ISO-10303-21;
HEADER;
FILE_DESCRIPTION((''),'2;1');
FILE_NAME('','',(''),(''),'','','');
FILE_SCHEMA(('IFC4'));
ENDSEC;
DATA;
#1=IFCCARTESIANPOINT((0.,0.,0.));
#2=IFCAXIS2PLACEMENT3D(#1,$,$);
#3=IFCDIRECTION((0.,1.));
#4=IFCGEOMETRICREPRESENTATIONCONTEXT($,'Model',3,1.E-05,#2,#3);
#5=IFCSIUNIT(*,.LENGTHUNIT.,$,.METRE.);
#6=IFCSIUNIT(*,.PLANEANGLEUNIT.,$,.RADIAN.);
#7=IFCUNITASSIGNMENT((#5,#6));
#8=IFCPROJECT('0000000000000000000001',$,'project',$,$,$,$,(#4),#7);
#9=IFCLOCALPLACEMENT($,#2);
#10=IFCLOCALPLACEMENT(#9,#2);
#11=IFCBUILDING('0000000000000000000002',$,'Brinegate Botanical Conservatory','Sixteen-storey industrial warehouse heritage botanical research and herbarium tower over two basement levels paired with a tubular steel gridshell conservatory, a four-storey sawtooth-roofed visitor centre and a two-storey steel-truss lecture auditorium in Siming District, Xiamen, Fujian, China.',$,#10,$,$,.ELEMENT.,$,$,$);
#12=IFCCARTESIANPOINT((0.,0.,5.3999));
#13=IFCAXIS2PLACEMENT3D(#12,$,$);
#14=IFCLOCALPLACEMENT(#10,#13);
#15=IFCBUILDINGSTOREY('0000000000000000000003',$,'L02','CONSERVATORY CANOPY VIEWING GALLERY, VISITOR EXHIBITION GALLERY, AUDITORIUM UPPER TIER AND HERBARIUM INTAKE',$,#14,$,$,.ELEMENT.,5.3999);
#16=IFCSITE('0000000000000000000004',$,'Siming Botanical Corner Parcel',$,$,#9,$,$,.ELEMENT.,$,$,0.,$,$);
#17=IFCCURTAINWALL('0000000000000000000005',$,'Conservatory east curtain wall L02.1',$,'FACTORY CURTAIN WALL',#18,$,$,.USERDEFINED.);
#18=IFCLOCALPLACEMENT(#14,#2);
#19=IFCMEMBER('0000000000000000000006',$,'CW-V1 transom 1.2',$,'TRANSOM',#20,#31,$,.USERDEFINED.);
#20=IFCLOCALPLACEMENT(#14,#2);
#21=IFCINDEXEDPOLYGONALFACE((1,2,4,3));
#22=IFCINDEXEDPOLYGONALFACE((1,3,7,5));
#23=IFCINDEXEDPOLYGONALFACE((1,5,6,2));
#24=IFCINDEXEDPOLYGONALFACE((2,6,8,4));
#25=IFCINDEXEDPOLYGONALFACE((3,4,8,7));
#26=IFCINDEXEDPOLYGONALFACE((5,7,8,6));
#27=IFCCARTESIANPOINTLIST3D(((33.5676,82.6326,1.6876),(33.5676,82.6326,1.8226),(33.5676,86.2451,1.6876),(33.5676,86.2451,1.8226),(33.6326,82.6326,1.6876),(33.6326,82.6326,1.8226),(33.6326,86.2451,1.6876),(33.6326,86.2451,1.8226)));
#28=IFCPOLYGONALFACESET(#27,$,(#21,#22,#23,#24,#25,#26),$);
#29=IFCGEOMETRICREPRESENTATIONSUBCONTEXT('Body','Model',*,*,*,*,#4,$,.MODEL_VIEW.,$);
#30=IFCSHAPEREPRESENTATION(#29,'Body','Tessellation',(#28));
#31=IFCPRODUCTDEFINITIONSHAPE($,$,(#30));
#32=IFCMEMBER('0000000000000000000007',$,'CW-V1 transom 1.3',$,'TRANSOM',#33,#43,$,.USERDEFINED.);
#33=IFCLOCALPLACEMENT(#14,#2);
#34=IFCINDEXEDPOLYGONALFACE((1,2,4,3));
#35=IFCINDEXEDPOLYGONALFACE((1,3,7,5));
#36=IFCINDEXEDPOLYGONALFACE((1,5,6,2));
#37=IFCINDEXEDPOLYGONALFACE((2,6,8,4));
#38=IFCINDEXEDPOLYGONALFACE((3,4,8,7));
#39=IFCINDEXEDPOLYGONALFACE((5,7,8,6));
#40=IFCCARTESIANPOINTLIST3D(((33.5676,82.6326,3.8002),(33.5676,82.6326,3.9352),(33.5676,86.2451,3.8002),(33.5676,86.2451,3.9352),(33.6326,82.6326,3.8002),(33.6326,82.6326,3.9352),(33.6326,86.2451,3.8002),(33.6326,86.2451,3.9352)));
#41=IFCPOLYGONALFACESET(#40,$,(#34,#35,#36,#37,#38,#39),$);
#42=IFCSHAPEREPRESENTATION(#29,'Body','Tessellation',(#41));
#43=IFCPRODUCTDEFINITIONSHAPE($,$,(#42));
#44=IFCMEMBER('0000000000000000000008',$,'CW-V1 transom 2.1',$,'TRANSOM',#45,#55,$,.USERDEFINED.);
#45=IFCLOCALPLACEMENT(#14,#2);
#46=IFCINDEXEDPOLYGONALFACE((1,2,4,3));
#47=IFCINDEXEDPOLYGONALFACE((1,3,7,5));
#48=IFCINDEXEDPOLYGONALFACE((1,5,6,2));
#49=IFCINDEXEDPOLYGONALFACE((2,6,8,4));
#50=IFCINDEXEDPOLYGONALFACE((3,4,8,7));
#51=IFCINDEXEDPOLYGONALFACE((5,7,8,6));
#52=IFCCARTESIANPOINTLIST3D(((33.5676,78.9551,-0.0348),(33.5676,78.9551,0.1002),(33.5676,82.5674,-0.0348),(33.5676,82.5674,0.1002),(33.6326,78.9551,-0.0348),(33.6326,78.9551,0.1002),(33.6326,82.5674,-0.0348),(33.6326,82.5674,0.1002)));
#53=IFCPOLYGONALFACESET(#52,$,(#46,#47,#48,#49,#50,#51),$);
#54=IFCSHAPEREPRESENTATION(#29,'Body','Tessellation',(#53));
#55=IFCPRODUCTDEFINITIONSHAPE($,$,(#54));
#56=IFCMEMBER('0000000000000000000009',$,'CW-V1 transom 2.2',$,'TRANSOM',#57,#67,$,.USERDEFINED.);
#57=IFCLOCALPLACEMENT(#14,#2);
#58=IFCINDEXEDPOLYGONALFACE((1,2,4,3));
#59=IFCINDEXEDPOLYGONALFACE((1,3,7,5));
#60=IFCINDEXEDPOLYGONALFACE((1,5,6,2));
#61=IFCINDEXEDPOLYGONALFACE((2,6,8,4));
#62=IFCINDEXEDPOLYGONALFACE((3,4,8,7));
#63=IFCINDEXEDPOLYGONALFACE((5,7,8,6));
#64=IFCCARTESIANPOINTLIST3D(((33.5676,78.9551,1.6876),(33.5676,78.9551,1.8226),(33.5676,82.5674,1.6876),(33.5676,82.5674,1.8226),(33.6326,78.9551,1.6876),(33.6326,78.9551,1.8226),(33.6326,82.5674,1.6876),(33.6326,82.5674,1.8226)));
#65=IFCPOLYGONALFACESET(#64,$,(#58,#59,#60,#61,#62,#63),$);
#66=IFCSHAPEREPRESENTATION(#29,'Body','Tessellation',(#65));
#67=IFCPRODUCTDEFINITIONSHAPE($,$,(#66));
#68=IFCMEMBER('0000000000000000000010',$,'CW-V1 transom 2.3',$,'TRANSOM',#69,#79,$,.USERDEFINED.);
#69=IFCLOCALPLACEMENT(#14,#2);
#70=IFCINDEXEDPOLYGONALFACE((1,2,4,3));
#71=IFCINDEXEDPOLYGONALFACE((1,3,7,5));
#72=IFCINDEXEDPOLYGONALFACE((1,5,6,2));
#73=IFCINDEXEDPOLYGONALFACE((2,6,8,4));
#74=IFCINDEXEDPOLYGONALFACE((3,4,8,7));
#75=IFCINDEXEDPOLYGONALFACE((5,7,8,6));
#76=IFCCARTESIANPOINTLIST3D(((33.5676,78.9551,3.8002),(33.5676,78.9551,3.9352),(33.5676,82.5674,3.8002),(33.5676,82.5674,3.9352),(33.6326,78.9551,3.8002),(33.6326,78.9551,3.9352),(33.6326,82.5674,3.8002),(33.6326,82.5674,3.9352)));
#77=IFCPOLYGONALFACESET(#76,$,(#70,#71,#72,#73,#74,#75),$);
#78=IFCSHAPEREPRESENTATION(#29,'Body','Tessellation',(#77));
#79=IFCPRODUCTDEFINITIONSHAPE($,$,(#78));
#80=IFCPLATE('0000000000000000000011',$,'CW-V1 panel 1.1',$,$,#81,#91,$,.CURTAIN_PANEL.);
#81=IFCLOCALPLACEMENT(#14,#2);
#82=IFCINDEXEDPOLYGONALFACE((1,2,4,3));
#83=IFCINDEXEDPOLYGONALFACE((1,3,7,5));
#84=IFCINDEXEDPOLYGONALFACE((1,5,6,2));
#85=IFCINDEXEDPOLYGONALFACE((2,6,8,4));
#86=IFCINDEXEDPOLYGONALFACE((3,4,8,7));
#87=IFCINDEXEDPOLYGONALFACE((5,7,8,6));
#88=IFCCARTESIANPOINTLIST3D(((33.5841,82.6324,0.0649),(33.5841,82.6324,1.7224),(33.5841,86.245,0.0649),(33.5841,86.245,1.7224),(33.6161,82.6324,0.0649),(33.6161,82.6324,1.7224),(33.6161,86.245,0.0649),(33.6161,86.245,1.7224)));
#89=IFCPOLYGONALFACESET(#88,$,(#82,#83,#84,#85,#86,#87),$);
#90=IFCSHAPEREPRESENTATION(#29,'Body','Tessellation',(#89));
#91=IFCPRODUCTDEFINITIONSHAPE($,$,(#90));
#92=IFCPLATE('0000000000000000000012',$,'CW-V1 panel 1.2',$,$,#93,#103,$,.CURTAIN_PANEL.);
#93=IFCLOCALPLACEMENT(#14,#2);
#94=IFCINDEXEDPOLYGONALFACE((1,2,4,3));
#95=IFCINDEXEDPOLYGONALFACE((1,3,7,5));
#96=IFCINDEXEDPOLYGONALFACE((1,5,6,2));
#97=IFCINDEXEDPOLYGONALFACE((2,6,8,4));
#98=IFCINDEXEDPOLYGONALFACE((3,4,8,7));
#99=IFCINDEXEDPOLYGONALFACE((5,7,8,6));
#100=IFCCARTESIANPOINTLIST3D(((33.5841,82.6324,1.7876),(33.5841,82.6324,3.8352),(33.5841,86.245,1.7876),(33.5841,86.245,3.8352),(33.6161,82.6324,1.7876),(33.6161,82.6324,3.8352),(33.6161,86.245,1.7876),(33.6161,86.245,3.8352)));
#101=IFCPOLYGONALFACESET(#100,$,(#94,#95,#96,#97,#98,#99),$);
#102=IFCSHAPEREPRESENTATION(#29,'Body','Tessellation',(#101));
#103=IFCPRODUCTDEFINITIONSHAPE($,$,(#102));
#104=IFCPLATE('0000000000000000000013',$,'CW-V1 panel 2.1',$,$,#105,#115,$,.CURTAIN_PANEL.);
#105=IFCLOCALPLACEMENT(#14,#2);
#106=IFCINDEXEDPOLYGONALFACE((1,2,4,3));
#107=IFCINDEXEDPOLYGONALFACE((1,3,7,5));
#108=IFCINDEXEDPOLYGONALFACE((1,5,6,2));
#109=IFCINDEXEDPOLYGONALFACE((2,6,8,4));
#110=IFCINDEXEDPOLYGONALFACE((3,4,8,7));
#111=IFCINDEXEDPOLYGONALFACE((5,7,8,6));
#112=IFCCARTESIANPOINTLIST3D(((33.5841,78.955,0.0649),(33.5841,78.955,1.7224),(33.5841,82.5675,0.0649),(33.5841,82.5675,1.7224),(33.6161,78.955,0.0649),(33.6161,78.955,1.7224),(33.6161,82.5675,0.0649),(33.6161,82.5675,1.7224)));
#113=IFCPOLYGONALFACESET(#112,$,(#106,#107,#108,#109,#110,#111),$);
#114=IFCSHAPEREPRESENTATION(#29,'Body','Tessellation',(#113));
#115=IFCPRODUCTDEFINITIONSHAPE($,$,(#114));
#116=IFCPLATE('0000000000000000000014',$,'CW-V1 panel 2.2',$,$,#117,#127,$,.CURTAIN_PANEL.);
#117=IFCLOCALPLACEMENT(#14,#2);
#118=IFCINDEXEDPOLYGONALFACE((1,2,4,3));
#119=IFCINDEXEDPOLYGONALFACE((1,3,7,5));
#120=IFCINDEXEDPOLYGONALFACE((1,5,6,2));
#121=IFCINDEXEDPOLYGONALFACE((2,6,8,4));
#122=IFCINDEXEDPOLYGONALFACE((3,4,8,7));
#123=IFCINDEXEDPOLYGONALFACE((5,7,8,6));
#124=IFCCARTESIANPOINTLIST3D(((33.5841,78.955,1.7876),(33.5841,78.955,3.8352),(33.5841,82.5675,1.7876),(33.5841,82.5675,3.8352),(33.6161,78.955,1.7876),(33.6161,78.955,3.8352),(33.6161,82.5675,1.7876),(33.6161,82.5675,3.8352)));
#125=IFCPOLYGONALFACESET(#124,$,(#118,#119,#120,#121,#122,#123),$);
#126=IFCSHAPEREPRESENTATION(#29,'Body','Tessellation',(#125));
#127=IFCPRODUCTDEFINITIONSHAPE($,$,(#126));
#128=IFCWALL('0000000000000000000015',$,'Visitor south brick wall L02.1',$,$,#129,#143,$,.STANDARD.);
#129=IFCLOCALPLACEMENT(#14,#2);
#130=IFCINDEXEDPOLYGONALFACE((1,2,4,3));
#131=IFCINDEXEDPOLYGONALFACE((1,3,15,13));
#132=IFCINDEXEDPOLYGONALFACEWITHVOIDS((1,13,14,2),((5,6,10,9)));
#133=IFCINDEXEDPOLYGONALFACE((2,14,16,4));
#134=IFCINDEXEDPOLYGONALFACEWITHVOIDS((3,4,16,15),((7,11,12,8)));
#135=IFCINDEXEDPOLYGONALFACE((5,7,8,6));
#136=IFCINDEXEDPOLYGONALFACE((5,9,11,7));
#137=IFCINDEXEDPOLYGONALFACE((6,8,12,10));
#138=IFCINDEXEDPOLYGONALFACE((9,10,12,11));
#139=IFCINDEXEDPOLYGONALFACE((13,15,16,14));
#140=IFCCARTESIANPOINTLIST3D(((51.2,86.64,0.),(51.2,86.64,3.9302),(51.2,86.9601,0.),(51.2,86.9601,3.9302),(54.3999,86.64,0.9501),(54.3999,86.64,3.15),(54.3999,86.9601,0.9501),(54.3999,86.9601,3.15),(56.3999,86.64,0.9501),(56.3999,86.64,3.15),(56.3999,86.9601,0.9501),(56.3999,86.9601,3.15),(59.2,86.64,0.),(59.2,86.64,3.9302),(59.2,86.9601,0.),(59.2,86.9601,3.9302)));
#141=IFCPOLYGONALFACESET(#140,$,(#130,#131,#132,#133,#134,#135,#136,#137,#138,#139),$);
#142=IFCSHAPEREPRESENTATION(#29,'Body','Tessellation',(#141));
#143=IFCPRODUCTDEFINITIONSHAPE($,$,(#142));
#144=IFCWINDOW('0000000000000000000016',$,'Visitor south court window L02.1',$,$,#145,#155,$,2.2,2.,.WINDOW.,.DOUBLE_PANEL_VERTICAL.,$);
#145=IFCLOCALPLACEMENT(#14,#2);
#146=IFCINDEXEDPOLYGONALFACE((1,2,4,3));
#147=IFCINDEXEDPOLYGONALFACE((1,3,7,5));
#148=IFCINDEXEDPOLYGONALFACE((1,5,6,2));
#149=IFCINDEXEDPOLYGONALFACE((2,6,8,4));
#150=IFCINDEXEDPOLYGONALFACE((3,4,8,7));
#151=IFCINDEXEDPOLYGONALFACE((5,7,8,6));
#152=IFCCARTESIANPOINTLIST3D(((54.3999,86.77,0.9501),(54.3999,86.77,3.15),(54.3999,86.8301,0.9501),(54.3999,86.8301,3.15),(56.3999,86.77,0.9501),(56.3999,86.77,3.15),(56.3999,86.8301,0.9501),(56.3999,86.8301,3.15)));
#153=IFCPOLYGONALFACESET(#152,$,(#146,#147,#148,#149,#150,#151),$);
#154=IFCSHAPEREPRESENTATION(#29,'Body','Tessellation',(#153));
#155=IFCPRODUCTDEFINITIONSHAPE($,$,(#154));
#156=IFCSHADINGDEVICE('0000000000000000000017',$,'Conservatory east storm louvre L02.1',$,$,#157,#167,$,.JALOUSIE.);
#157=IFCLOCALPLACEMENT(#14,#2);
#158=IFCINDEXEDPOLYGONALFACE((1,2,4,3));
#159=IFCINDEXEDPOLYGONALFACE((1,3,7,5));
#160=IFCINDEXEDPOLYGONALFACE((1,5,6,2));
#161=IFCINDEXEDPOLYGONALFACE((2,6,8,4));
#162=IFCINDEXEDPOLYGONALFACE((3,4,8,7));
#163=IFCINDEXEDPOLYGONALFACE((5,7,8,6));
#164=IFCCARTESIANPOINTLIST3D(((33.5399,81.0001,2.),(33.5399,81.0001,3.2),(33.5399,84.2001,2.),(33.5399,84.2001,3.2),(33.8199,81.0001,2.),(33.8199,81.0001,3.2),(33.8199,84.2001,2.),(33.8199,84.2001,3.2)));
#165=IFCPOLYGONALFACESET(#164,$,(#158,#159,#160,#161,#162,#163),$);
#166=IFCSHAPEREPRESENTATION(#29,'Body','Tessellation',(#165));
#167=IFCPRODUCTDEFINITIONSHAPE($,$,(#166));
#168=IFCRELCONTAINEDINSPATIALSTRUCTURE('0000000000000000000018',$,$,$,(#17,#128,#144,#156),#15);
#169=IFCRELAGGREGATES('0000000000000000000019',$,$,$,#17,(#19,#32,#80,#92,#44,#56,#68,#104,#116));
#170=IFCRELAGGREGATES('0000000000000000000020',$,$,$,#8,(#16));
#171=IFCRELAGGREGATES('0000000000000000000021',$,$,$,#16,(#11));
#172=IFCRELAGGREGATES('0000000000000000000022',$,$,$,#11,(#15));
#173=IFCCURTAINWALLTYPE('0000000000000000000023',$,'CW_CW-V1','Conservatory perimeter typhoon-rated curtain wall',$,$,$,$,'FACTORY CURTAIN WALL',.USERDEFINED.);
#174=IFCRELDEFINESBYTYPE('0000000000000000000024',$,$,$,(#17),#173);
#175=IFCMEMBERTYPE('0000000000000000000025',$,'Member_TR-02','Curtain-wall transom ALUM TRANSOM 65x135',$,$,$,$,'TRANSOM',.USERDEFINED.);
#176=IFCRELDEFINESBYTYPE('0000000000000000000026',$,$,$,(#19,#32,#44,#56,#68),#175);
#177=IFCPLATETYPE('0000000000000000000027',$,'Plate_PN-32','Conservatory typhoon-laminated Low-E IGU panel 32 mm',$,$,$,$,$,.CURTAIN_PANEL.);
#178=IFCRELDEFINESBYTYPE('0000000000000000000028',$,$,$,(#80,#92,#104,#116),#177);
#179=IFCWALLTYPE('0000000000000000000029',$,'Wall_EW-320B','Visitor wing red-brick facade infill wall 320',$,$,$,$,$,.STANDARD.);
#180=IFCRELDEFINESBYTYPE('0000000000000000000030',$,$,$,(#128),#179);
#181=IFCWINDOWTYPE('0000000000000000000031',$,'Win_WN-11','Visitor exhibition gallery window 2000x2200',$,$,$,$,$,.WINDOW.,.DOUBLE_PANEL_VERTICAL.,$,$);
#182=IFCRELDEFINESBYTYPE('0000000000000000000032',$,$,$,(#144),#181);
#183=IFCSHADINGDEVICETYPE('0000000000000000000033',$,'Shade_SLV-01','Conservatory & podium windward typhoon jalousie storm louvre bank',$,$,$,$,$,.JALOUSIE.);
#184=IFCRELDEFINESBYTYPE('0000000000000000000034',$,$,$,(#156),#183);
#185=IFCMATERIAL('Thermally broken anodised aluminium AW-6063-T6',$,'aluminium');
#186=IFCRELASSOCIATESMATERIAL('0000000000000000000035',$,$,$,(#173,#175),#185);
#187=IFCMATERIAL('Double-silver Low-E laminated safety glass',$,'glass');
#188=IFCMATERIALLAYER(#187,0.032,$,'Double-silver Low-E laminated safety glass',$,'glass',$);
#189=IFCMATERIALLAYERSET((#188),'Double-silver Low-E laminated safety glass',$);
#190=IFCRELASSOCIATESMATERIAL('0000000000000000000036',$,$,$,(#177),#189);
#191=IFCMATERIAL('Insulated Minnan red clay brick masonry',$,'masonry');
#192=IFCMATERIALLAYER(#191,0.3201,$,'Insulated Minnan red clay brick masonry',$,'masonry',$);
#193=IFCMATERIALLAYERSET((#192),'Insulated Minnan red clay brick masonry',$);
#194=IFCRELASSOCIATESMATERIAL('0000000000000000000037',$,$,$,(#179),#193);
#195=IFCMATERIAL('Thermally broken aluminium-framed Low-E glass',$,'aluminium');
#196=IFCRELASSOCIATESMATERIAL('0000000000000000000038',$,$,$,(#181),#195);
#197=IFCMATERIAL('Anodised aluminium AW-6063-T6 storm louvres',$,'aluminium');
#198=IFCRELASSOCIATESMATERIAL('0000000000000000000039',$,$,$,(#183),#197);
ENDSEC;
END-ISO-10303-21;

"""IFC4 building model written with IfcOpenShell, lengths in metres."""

from ifc_helpers import new_model, si_unit, direction, frame, frame_2d, origin, origin_2d, place, context, subcontext, project, spatial, rectangle, extrude, material, layer, layer_set, material_profile, profile_set, type_object, element, fill, aggregate, save


model = new_model("IFC4")

# Units and contexts
model_context = context("Model", 3, precision=1e-05, world=origin(), true_north=direction((0.0, 1.0)))
body_context = subcontext(model_context, "Body", "Model", "MODEL_VIEW")
ifc_project = project(units=[si_unit("LENGTHUNIT", "METRE"), si_unit("PLANEANGLEUNIT", "RADIAN")], contexts=[model_context])

# Site, building, storey
site_placement = place(None, origin())
site = spatial("IfcSite", under=ifc_project, at=site_placement, Name="Siming Botanical Corner Parcel", CompositionType="ELEMENT", RefElevation=0.0)
building_placement = place(site_placement, origin())
building = spatial("IfcBuilding", under=site, at=building_placement, Name="Brinegate Botanical Conservatory", Description="Sixteen-storey industrial warehouse heritage botanical research and herbarium tower over two basement levels paired with a tubular steel gridshell conservatory, a four-storey sawtooth-roofed visitor centre and a two-storey steel-truss lecture auditorium in Siming District, Xiamen, Fujian, China.", CompositionType="ELEMENT")
storey_placement = place(building_placement, frame((0.0, 0.0, 5.3999)))
storey = spatial("IfcBuildingStorey", under=building, at=storey_placement, Name="L02", Description="CONSERVATORY CANOPY VIEWING GALLERY, VISITOR EXHIBITION GALLERY, AUDITORIUM UPPER TIER AND HERBARIUM INTAKE", CompositionType="ELEMENT", Elevation=5.3999)

# Shared definitions
ifc_material_1 = material(Name="Thermally broken anodised aluminium AW-6063-T6", Category="aluminium")
curtain_wall_type = type_object("IfcCurtainWallType", Name="CW_CW-V1", Description="Conservatory perimeter typhoon-rated curtain wall", ElementType="FACTORY CURTAIN WALL", PredefinedType="USERDEFINED", material=ifc_material_1)

# Curtain wall
curtain_wall_1_placement = place(storey_placement, origin())
curtain_wall_1 = element("IfcCurtainWall", 1, at=curtain_wall_1_placement, inside=storey, type_object=curtain_wall_type, Name="Conservatory east curtain wall L02.1", ObjectType="FACTORY CURTAIN WALL", PredefinedType="USERDEFINED")

# Members
ifc_material_profile_1 = material_profile(ifc_material_1, rectangle(XDim=0.0649, YDim=0.135, at=origin_2d()), Name="ALUM TRANSOM 65x135")
ifc_profile_set_1 = profile_set([ifc_material_profile_1], Name="Thermally broken anodised aluminium AW-6063-T6")
member_type_1 = type_object("IfcMemberType", Name="Member_TR-02", Description="Curtain-wall transom ALUM TRANSOM 65x135", ElementType="TRANSOM", PredefinedType="USERDEFINED", material=ifc_profile_set_1)
member_1_placement = place(storey_placement, frame((33.6001, 86.2451, 1.7551), z_axis=(0.0, -1.0, 0.0), x_axis=(1.0, 0.0, 0.0)))
member_1 = element("IfcMember", 2, at=member_1_placement, type_object=member_type_1, Name="CW-V1 transom 1.2", ObjectType="TRANSOM", PredefinedType="USERDEFINED", context=body_context, shape_type="SweptSolid", body=[
    extrude(rectangle(XDim=0.0649, YDim=0.135, at=origin_2d()), origin(), (0.0, 0.0, 1.0), 3.6125),
])
member_2_placement = place(storey_placement, frame((33.6001, 86.2451, 3.8677), z_axis=(0.0, -1.0, 0.0), x_axis=(1.0, 0.0, 0.0)))
member_2 = element("IfcMember", 3, at=member_2_placement, type_object=member_type_1, Name="CW-V1 transom 1.3", ObjectType="TRANSOM", PredefinedType="USERDEFINED", context=body_context, shape_type="SweptSolid", body=[
    extrude(rectangle(XDim=0.0649, YDim=0.135, at=origin_2d()), origin(), (0.0, 0.0, 1.0), 3.6125),
])
member_3_placement = place(storey_placement, frame((33.6001, 82.5674, 0.0327), z_axis=(0.0, -1.0, 0.0), x_axis=(1.0, 0.0, 0.0)))
member_3 = element("IfcMember", 4, at=member_3_placement, type_object=member_type_1, Name="CW-V1 transom 2.1", ObjectType="TRANSOM", PredefinedType="USERDEFINED", context=body_context, shape_type="SweptSolid", body=[
    extrude(rectangle(XDim=0.0649, YDim=0.135, at=origin_2d()), origin(), (0.0, 0.0, 1.0), 3.6123),
])
member_4_placement = place(storey_placement, frame((33.6001, 82.5674, 1.7551), z_axis=(0.0, -1.0, 0.0), x_axis=(1.0, 0.0, 0.0)))
member_4 = element("IfcMember", 5, at=member_4_placement, type_object=member_type_1, Name="CW-V1 transom 2.2", ObjectType="TRANSOM", PredefinedType="USERDEFINED", context=body_context, shape_type="SweptSolid", body=[
    extrude(rectangle(XDim=0.0649, YDim=0.135, at=origin_2d()), origin(), (0.0, 0.0, 1.0), 3.6123),
])
member_5_placement = place(storey_placement, frame((33.6001, 82.5674, 3.8677), z_axis=(0.0, -1.0, 0.0), x_axis=(1.0, 0.0, 0.0)))
member_5 = element("IfcMember", 6, at=member_5_placement, type_object=member_type_1, Name="CW-V1 transom 2.3", ObjectType="TRANSOM", PredefinedType="USERDEFINED", context=body_context, shape_type="SweptSolid", body=[
    extrude(rectangle(XDim=0.0649, YDim=0.135, at=origin_2d()), origin(), (0.0, 0.0, 1.0), 3.6123),
])

# Plates
ifc_material_2 = material(Name="Double-silver Low-E laminated safety glass", Category="glass")
ifc_layer_1 = layer(ifc_material_2, 0.032, Name="Double-silver Low-E laminated safety glass", Category="glass")
ifc_layer_set_1 = layer_set([ifc_layer_1], Name="Double-silver Low-E laminated safety glass")
plate_type = type_object("IfcPlateType", Name="Plate_PN-32", Description="Conservatory typhoon-laminated Low-E IGU panel 32 mm", PredefinedType="CURTAIN_PANEL", material=ifc_layer_set_1)
plate_1_placement = place(storey_placement, frame((33.6001, 84.4387, 0.0649), z_axis=(0.0, 0.0, 1.0), x_axis=(0.0, -1.0, 0.0)))
plate_1 = element("IfcPlate", 7, at=plate_1_placement, type_object=plate_type, Name="CW-V1 panel 1.1", PredefinedType="CURTAIN_PANEL", context=body_context, shape_type="SweptSolid", body=[
    extrude(rectangle(XDim=3.6125, YDim=0.032, at=origin_2d()), origin(), (0.0, 0.0, 1.0), 1.6575),
])
plate_2_placement = place(storey_placement, frame((33.6001, 84.4387, 1.7876), z_axis=(0.0, 0.0, 1.0), x_axis=(0.0, -1.0, 0.0)))
plate_2 = element("IfcPlate", 8, at=plate_2_placement, type_object=plate_type, Name="CW-V1 panel 1.2", PredefinedType="CURTAIN_PANEL", context=body_context, shape_type="SweptSolid", body=[
    extrude(rectangle(XDim=3.6125, YDim=0.032, at=origin_2d()), origin(), (0.0, 0.0, 1.0), 2.0476),
])
plate_3_placement = place(storey_placement, frame((33.6001, 80.7612, 0.0649), z_axis=(0.0, 0.0, 1.0), x_axis=(0.0, -1.0, 0.0)))
plate_3 = element("IfcPlate", 9, at=plate_3_placement, type_object=plate_type, Name="CW-V1 panel 2.1", PredefinedType="CURTAIN_PANEL", context=body_context, shape_type="SweptSolid", body=[
    extrude(rectangle(XDim=3.6125, YDim=0.032, at=origin_2d()), origin(), (0.0, 0.0, 1.0), 1.6575),
])
plate_4_placement = place(storey_placement, frame((33.6001, 80.7612, 1.7876), z_axis=(0.0, 0.0, 1.0), x_axis=(0.0, -1.0, 0.0)))
plate_4 = element("IfcPlate", 10, at=plate_4_placement, type_object=plate_type, Name="CW-V1 panel 2.2", PredefinedType="CURTAIN_PANEL", context=body_context, shape_type="SweptSolid", body=[
    extrude(rectangle(XDim=3.6125, YDim=0.032, at=origin_2d()), origin(), (0.0, 0.0, 1.0), 2.0476),
])
aggregate(curtain_wall_1, [member_1, member_2, plate_1, plate_2, member_3, member_4, member_5, plate_3, plate_4])

# Wall, opening, window
ifc_material_3 = material(Name="Insulated Minnan red clay brick masonry", Category="masonry")
ifc_layer_2 = layer(ifc_material_3, 0.3201, Name="Insulated Minnan red clay brick masonry", Category="masonry")
ifc_layer_set_2 = layer_set([ifc_layer_2], Name="Insulated Minnan red clay brick masonry")
wall_type = type_object("IfcWallType", Name="Wall_EW-320B", Description="Visitor wing red-brick facade infill wall 320", PredefinedType="STANDARD", material=ifc_layer_set_2)
wall_placement = place(storey_placement, frame((59.2, 86.8, 0.0), z_axis=(0.0, 0.0, 1.0), x_axis=(-1.0, 0.0, 0.0)))
wall = element("IfcWall", 11, at=wall_placement, inside=storey, type_object=wall_type, Name="Visitor south brick wall L02.1", PredefinedType="STANDARD", context=body_context, shape_type="SweptSolid", body=[
    extrude(rectangle(XDim=8.0, YDim=0.3201, at=frame_2d((4.0, 0.0))), origin(), (0.0, 0.0, 1.0), 3.9302),
])
opening_placement = place(wall_placement, frame((2.8, 0.0, 0.95)))
opening = element("IfcOpeningElement", 12, at=opening_placement, cuts=wall, PredefinedType="OPENING", context=body_context, shape_type="SweptSolid", body=[
    extrude(rectangle(XDim=2.0, YDim=2.2, at=frame_2d((1.0, 1.1001))), frame((0.0, 0.1699, 0.0), z_axis=(0.0, -1.0, 0.0), x_axis=(1.0, 0.0, 0.0)), (0.0, 0.0, 1.0), 0.3401),
])
ifc_material_4 = material(Name="Thermally broken aluminium-framed Low-E glass", Category="aluminium")
window_type = type_object("IfcWindowType", Name="Win_WN-11", Description="Visitor exhibition gallery window 2000x2200", PartitioningType="DOUBLE_PANEL_VERTICAL", PredefinedType="WINDOW", material=ifc_material_4)
window_placement = place(opening_placement, origin())
window = element("IfcWindow", 13, at=window_placement, inside=storey, type_object=window_type, Name="Visitor south court window L02.1", OverallHeight=2.2, OverallWidth=2.0, PartitioningType="DOUBLE_PANEL_VERTICAL", PredefinedType="WINDOW", context=body_context, shape_type="SweptSolid", body=[
    extrude(rectangle(XDim=2.0, YDim=2.2, at=frame_2d((1.0, 1.1001))), frame((0.0, 0.03, 0.0), z_axis=(0.0, -1.0, 0.0), x_axis=(1.0, 0.0, 0.0)), (0.0, 0.0, 1.0), 0.0601),
])
fill(opening, window)

# Shading device
ifc_material_5 = material(Name="Anodised aluminium AW-6063-T6 storm louvres", Category="aluminium")
shading_device_type = type_object("IfcShadingDeviceType", Name="Shade_SLV-01", Description="Conservatory & podium windward typhoon jalousie storm louvre bank", PredefinedType="JALOUSIE", material=ifc_material_5)
shading_device_placement = place(storey_placement, frame((33.6799, 82.6001, 2.0), z_axis=(0.0, 0.0, 1.0), x_axis=(1.0, 0.0, 0.0)))
element("IfcShadingDevice", 14, at=shading_device_placement, inside=storey, type_object=shading_device_type, Name="Conservatory east storm louvre L02.1", PredefinedType="JALOUSIE", context=body_context, shape_type="SweptSolid", body=[
    extrude(rectangle(XDim=0.28, YDim=3.2, at=origin_2d()), origin(), (0.0, 0.0, 1.0), 1.2),
])

save(model, "model.ifc")
